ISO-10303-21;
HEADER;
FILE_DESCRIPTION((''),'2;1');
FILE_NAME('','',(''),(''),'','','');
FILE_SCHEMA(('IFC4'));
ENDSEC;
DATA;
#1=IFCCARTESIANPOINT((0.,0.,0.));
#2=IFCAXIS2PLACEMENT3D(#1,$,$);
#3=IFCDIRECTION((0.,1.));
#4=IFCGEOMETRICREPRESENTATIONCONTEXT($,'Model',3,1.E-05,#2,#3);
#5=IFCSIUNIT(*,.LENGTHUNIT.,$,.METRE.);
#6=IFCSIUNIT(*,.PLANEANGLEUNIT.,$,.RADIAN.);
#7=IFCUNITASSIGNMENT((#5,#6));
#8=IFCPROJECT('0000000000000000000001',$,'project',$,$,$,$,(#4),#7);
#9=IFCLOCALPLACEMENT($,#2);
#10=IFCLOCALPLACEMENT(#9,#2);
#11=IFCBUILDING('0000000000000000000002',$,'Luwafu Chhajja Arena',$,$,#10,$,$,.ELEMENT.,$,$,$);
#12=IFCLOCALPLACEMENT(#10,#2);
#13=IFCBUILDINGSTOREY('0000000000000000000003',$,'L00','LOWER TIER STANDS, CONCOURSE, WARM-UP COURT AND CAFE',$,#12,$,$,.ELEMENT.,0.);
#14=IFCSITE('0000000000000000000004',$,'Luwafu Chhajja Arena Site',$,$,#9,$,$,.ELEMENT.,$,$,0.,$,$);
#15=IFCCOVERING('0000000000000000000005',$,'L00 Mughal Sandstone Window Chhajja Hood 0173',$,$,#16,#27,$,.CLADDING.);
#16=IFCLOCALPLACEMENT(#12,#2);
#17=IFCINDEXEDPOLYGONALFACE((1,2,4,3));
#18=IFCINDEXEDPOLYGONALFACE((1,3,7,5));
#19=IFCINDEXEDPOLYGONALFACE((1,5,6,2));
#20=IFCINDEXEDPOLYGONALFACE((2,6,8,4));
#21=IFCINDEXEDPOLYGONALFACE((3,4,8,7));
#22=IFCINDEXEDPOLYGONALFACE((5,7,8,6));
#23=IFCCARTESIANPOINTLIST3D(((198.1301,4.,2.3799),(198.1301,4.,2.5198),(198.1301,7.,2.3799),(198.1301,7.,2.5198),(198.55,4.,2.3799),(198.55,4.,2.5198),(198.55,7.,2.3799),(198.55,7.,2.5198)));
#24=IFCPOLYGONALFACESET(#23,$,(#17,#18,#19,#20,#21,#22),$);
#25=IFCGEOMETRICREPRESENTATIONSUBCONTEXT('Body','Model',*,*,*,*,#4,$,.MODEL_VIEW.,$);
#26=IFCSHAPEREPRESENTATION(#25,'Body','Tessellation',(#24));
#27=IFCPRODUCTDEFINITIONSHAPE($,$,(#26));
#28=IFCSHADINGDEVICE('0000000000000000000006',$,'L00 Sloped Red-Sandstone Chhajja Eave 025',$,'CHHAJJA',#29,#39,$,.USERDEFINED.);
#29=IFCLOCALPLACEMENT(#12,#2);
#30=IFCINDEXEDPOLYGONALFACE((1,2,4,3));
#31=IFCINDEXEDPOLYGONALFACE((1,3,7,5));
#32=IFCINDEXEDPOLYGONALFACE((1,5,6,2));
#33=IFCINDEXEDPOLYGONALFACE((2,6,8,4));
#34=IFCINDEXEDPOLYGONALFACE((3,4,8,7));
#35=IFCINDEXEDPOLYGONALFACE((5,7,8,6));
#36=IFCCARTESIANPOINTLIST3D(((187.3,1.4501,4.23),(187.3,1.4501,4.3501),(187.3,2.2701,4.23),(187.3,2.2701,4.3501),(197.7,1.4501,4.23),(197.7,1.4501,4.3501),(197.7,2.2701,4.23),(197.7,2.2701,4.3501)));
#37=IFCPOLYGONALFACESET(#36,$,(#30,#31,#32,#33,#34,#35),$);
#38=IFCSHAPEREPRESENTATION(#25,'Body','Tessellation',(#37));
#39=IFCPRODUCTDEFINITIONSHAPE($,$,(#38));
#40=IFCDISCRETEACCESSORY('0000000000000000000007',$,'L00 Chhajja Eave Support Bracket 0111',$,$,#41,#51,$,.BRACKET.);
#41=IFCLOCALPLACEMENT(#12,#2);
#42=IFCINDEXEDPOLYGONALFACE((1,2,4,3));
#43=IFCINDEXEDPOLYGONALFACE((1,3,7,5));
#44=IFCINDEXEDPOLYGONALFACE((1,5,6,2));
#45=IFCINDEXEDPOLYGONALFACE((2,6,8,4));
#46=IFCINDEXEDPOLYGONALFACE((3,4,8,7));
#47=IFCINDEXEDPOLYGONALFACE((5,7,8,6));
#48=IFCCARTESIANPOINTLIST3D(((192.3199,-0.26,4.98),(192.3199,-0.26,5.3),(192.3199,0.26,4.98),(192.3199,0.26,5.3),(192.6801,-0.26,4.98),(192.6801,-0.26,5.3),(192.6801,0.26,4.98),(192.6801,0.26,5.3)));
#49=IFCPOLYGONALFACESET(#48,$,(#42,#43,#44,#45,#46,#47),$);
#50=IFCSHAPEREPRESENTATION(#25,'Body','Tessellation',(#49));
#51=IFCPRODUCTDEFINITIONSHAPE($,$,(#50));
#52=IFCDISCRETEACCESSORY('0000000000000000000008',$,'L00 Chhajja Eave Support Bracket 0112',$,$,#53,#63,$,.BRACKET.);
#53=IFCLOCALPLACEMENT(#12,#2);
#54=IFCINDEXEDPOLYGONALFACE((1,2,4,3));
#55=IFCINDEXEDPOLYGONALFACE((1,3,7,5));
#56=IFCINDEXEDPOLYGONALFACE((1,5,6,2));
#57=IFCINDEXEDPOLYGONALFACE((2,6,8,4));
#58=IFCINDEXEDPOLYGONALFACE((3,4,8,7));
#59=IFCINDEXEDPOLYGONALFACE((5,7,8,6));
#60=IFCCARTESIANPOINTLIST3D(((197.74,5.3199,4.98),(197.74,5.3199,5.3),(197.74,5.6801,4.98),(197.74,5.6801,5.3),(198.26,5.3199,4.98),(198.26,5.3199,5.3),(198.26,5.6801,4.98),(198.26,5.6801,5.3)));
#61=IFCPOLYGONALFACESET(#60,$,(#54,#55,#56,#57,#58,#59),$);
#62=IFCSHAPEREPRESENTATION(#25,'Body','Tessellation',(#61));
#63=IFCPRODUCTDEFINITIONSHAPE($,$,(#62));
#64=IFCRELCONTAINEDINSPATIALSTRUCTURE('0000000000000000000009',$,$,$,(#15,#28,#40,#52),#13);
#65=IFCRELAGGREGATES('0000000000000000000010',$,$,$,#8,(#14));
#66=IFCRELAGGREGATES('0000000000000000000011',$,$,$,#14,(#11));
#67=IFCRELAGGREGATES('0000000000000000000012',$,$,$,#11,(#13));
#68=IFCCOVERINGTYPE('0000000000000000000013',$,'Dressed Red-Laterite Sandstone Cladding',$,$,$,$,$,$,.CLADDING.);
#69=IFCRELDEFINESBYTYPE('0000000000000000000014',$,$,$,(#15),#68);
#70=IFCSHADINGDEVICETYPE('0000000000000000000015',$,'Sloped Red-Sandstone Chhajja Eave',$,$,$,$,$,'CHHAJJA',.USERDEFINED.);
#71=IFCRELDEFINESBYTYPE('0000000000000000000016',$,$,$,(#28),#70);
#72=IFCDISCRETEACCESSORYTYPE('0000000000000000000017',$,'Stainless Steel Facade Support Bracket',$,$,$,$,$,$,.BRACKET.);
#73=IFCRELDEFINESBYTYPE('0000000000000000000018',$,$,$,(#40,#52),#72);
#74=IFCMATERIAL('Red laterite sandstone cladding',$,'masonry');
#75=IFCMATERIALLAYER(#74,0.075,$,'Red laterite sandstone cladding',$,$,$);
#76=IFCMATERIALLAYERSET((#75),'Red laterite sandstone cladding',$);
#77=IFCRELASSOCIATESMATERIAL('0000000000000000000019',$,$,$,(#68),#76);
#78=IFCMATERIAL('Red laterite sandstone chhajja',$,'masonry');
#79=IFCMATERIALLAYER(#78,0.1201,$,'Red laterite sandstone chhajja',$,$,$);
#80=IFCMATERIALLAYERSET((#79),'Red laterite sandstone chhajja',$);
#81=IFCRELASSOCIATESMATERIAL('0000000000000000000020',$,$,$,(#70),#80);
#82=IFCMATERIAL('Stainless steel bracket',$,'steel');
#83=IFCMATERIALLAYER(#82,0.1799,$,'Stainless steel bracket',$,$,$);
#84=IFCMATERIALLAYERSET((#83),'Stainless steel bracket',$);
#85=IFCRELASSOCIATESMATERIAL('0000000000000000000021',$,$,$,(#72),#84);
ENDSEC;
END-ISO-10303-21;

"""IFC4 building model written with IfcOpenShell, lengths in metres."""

from ifc_helpers import new_model, si_unit, direction, frame, origin, origin_2d, place, context, subcontext, project, spatial, rectangle, extrude, material, layer, layer_set, type_object, element, save


model = new_model("IFC4")

# Units and contexts
model_context = context("Model", 3, precision=1e-05, world=origin(), true_north=direction((0.0, 1.0)))
body_context = subcontext(model_context, "Body", "Model", "MODEL_VIEW")
ifc_project = project(units=[si_unit("LENGTHUNIT", "METRE"), si_unit("PLANEANGLEUNIT", "RADIAN")], contexts=[model_context])

# Site, building, storey
site_placement = place(None, origin())
site = spatial("IfcSite", under=ifc_project, at=site_placement, Name="Luwafu Chhajja Arena Site", CompositionType="ELEMENT", RefElevation=0.0)
building_placement = place(site_placement, origin())
building = spatial("IfcBuilding", under=site, at=building_placement, Name="Luwafu Chhajja Arena", CompositionType="ELEMENT")
storey_placement = place(building_placement, origin())
storey = spatial("IfcBuildingStorey", under=building, at=storey_placement, Name="L00", Description="LOWER TIER STANDS, CONCOURSE, WARM-UP COURT AND CAFE", CompositionType="ELEMENT", Elevation=0.0)

# Covering
ifc_material_1 = material(Name="Red laterite sandstone cladding", Category="masonry")
ifc_layer_1 = layer(ifc_material_1, 0.075, Name="Red laterite sandstone cladding")
ifc_layer_set_1 = layer_set([ifc_layer_1], Name="Red laterite sandstone cladding")
covering_type = type_object("IfcCoveringType", Name="Dressed Red-Laterite Sandstone Cladding", PredefinedType="CLADDING", material=ifc_layer_set_1)
covering_1_placement = place(storey_placement, frame((198.3401, 5.5, 2.3799), z_axis=(0.0, 0.0, 1.0), x_axis=(0.0, 1.0, 0.0)))
element("IfcCovering", 1, at=covering_1_placement, inside=storey, type_object=covering_type, Name="L00 Mughal Sandstone Window Chhajja Hood 0173", PredefinedType="CLADDING", context=body_context, shape_type="SweptSolid", body=[
    extrude(rectangle(XDim=3.0, YDim=0.4199, at=origin_2d()), origin(), (0.0, 0.0, 1.0), 0.1399),
])

# Shading device
ifc_material_2 = material(Name="Red laterite sandstone chhajja", Category="masonry")
ifc_layer_2 = layer(ifc_material_2, 0.1201, Name="Red laterite sandstone chhajja")
ifc_layer_set_2 = layer_set([ifc_layer_2], Name="Red laterite sandstone chhajja")
shading_device_type = type_object("IfcShadingDeviceType", Name="Sloped Red-Sandstone Chhajja Eave", ElementType="CHHAJJA", PredefinedType="USERDEFINED", material=ifc_layer_set_2)
shading_device_placement = place(storey_placement, frame((192.5, 1.8601, 4.23), z_axis=(0.0, 0.0, 1.0), x_axis=(1.0, 0.0, 0.0)))
element("IfcShadingDevice", 2, at=shading_device_placement, inside=storey, type_object=shading_device_type, Name="L00 Sloped Red-Sandstone Chhajja Eave 025", ObjectType="CHHAJJA", PredefinedType="USERDEFINED", context=body_context, shape_type="SweptSolid", body=[
    extrude(rectangle(XDim=10.3999, YDim=0.8201, at=origin_2d()), origin(), (0.0, 0.0, 1.0), 0.1201),
])

# Discrete accessories
ifc_material_3 = material(Name="Stainless steel bracket", Category="steel")
ifc_layer_3 = layer(ifc_material_3, 0.1799, Name="Stainless steel bracket")
ifc_layer_set_3 = layer_set([ifc_layer_3], Name="Stainless steel bracket")
discrete_accessory_type = type_object("IfcDiscreteAccessoryType", Name="Stainless Steel Facade Support Bracket", PredefinedType="BRACKET", material=ifc_layer_set_3)
for number, where, z_axis, x_axis, name in (
    (3, (192.5, 0.0, 4.98), (0.0, 0.0, 1.0), (1.0, 0.0, 0.0), "L00 Chhajja Eave Support Bracket 0111"),
    (4, (198.0, 5.5, 4.98), (0.0, 0.0, 1.0), (0.0, 1.0, 0.0), "L00 Chhajja Eave Support Bracket 0112"),
):
    element("IfcDiscreteAccessory", number, at=place(storey_placement, frame(where, z_axis=z_axis, x_axis=x_axis)), inside=storey, type_object=discrete_accessory_type, Name=name, PredefinedType="BRACKET", context=body_context, shape_type="SweptSolid", body=[
        extrude(rectangle(XDim=0.3601, YDim=0.52, at=origin_2d()), origin(), (0.0, 0.0, 1.0), 0.3201),
    ])

save(model, "model.ifc")
